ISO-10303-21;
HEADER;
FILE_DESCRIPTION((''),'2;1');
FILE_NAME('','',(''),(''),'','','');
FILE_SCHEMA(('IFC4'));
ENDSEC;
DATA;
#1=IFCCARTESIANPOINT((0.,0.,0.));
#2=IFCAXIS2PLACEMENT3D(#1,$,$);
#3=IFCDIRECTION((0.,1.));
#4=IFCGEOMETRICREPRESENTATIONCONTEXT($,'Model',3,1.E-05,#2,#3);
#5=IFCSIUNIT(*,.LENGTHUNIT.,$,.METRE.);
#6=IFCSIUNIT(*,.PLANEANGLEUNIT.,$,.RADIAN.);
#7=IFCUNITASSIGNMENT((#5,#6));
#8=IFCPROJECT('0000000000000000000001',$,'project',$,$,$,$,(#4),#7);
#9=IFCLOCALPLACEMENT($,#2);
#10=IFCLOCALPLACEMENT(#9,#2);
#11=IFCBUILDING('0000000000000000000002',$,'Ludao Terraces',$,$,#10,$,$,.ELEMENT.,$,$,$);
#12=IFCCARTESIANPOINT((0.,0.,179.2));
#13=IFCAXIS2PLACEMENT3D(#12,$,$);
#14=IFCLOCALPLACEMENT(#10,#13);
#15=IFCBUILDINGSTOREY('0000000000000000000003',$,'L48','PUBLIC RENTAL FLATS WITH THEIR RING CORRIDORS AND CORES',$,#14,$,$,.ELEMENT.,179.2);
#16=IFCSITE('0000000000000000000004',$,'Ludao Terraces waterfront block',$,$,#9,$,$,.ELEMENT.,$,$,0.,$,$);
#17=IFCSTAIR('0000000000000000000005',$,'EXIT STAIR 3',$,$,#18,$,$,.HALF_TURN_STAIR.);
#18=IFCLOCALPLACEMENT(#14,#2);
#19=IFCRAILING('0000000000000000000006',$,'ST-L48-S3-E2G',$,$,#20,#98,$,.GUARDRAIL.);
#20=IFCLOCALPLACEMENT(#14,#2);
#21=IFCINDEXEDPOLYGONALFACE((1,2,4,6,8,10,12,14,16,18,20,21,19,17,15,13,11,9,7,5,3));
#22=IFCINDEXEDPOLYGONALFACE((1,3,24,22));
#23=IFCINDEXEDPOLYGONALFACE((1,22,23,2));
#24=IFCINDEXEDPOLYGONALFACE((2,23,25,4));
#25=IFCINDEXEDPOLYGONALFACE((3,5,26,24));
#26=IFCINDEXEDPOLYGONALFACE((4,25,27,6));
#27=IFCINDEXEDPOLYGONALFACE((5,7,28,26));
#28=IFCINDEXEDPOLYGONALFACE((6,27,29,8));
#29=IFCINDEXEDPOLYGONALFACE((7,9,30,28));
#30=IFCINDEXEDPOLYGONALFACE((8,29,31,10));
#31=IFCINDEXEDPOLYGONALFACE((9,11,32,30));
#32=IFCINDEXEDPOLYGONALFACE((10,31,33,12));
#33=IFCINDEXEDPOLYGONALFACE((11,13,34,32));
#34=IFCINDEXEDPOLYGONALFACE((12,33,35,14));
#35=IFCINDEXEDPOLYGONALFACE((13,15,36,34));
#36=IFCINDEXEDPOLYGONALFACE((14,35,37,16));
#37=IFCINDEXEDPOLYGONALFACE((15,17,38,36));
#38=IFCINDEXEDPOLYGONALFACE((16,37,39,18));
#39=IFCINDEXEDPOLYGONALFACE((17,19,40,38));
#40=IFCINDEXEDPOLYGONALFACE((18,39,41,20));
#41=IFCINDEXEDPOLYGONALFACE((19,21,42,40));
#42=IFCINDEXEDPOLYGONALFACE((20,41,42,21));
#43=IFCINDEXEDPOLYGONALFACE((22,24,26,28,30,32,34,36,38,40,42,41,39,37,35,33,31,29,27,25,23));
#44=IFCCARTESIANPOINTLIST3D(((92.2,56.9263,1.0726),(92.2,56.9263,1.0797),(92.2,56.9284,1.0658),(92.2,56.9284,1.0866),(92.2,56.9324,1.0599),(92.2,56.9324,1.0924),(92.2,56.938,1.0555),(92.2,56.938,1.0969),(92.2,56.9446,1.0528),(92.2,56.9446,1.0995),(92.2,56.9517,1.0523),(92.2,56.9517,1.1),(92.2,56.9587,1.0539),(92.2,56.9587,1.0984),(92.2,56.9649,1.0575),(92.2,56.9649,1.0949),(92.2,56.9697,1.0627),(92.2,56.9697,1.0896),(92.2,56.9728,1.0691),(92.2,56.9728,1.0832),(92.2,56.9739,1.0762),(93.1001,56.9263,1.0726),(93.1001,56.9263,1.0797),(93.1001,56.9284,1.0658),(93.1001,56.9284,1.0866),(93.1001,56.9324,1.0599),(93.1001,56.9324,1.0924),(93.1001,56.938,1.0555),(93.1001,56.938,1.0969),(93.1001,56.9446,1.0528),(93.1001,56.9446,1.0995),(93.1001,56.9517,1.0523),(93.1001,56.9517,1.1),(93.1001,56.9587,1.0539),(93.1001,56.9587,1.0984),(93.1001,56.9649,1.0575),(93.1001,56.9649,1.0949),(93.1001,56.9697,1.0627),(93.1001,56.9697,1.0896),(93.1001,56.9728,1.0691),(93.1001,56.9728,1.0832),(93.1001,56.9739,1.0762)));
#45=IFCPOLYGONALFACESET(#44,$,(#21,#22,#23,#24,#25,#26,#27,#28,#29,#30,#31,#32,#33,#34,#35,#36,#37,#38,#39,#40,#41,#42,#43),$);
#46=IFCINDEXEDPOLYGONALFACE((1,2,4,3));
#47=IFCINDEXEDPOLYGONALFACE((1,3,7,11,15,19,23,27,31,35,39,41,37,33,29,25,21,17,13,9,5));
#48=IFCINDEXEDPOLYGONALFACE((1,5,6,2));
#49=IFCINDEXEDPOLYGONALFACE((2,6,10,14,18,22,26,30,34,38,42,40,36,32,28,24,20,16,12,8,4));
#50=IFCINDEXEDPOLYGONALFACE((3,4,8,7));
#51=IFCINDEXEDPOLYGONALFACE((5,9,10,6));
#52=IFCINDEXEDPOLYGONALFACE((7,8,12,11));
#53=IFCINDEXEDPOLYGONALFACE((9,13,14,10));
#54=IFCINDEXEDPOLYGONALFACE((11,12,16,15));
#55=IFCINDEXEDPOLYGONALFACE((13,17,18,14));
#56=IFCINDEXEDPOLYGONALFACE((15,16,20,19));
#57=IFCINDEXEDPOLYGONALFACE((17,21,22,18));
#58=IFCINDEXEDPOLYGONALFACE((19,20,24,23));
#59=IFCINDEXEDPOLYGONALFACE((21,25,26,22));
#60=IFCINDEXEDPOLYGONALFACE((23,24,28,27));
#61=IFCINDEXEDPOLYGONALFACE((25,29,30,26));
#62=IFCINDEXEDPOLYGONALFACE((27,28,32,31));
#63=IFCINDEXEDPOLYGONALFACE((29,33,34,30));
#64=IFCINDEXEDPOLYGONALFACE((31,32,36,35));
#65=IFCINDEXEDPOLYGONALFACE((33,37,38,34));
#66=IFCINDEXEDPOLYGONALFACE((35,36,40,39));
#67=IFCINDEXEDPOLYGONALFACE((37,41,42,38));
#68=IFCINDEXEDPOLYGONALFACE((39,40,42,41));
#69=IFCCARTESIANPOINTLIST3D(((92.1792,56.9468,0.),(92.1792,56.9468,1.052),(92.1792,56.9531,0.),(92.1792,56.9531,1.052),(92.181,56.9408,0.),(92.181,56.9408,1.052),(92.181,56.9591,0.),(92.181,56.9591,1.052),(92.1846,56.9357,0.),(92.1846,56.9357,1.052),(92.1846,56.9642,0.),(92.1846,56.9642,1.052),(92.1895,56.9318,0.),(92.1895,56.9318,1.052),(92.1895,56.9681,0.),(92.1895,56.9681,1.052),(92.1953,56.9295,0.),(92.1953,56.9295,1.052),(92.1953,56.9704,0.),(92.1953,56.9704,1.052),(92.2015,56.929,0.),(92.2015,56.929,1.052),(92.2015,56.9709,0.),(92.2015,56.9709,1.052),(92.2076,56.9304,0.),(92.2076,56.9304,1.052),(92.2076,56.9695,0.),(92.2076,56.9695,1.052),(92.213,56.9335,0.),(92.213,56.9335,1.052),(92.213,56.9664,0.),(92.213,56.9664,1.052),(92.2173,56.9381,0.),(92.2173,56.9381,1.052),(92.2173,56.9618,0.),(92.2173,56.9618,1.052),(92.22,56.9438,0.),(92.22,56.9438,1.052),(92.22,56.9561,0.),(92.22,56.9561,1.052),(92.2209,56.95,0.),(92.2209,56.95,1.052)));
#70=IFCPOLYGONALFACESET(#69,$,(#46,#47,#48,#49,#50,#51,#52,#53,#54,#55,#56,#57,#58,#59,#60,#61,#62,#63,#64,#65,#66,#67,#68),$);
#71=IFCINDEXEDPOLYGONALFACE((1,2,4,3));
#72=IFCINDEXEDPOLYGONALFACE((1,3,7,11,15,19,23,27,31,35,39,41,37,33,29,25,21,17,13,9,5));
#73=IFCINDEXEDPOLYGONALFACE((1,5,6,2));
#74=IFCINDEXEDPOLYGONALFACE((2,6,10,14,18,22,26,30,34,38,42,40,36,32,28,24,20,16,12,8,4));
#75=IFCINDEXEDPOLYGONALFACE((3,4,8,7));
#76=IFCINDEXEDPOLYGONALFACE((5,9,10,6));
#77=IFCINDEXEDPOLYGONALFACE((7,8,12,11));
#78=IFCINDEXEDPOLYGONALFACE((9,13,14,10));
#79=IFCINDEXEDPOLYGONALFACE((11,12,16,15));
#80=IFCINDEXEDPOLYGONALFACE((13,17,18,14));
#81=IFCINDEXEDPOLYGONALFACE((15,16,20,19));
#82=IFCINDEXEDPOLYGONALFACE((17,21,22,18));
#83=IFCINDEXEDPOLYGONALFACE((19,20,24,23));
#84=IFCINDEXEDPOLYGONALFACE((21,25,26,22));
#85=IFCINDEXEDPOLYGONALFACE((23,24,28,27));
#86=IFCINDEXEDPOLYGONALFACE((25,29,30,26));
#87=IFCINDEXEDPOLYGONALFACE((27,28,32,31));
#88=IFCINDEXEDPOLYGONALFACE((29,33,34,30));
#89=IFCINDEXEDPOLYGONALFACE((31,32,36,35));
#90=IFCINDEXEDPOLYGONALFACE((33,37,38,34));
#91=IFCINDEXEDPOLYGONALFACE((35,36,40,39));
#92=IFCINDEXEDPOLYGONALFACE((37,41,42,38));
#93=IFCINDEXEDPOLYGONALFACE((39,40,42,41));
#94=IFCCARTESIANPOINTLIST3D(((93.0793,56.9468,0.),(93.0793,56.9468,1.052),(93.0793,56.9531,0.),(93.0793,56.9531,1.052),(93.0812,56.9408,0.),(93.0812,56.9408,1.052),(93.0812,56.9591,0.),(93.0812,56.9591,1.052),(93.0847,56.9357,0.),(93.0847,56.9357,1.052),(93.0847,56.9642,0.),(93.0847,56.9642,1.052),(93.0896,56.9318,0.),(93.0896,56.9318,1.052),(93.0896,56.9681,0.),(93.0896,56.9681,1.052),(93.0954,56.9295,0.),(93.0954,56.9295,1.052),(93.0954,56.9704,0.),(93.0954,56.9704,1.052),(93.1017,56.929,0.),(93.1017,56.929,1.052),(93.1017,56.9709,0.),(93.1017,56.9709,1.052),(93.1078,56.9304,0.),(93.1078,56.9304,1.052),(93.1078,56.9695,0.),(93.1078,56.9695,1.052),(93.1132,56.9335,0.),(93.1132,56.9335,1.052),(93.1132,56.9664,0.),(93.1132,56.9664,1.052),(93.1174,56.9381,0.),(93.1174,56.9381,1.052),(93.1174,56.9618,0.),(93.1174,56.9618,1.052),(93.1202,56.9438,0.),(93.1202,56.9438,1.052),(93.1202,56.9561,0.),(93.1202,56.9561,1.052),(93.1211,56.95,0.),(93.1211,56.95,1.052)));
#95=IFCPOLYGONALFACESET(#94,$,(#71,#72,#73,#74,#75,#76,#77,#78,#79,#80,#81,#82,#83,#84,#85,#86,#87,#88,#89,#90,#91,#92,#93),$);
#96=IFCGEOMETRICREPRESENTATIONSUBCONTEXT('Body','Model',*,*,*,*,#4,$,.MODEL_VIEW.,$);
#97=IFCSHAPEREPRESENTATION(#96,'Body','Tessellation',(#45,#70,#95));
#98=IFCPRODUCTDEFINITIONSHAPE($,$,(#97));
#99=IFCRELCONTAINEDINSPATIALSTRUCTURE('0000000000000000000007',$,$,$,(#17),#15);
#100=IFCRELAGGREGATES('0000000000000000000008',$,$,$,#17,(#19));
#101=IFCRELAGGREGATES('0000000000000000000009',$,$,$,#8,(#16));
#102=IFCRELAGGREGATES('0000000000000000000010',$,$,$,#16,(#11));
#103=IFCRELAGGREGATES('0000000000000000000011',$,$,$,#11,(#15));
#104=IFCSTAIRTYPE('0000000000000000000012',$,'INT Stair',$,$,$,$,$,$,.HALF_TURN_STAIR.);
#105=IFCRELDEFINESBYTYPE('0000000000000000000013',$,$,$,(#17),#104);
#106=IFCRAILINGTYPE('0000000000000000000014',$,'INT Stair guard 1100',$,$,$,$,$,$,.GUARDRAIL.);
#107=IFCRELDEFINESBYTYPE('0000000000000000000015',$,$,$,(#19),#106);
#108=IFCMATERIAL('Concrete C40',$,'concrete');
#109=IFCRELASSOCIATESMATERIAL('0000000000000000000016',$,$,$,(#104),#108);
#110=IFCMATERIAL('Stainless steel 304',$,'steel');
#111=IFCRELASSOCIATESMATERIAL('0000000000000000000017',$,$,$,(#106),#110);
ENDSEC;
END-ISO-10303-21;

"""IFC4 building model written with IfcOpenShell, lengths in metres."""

from ifc_helpers import new_model, si_unit, direction, frame, origin, origin_2d, place, context, subcontext, project, spatial, circle, extrude, material, type_object, element, aggregate, save


model = new_model("IFC4")

# Units and contexts
model_context = context("Model", 3, precision=1e-05, world=origin(), true_north=direction((0.0, 1.0)))
body_context = subcontext(model_context, "Body", "Model", "MODEL_VIEW")
ifc_project = project(units=[si_unit("LENGTHUNIT", "METRE"), si_unit("PLANEANGLEUNIT", "RADIAN")], contexts=[model_context])

# Site, building, storey
site_placement = place(None, origin())
site = spatial("IfcSite", under=ifc_project, at=site_placement, Name="Ludao Terraces waterfront block", CompositionType="ELEMENT", RefElevation=0.0)
building_placement = place(site_placement, origin())
building = spatial("IfcBuilding", under=site, at=building_placement, Name="Ludao Terraces", CompositionType="ELEMENT")
storey_placement = place(building_placement, frame((0.0, 0.0, 179.2)))
storey = spatial("IfcBuildingStorey", under=building, at=storey_placement, Name="L48", Description="PUBLIC RENTAL FLATS WITH THEIR RING CORRIDORS AND CORES", CompositionType="ELEMENT", Elevation=179.2)

# Shared definitions
ifc_material_1 = material(Name="Concrete C40", Category="concrete")

# Stair, railing
stair_type = type_object("IfcStairType", Name="INT Stair", PredefinedType="HALF_TURN_STAIR", material=ifc_material_1)
stair_placement = place(storey_placement, origin())
stair = element("IfcStair", 1, at=stair_placement, inside=storey, type_object=stair_type, Name="EXIT STAIR 3", PredefinedType="HALF_TURN_STAIR")
ifc_material_2 = material(Name="Stainless steel 304", Category="steel")
railing_type_1 = type_object("IfcRailingType", Name="INT Stair guard 1100", PredefinedType="GUARDRAIL", material=ifc_material_2)
railing_1_placement = place(storey_placement, frame((92.2, 56.95, 0.0)))
railing_1 = element("IfcRailing", 2, at=railing_1_placement, type_object=railing_type_1, Name="ST-L48-S3-E2G", PredefinedType="GUARDRAIL", context=body_context, shape_type="SweptSolid", body=[
    extrude(circle(Radius=0.0239, at=origin_2d()), frame((0.0, 0.0, 1.0762), z_axis=(1.0, 0.0, 0.0), x_axis=(0.0, 1.0, 0.0)), (0.0, 0.0, 1.0), 0.9001),
    extrude(circle(Radius=0.021, at=origin_2d()), origin(), (0.0, 0.0, 1.0), 1.052),
    extrude(circle(Radius=0.021, at=origin_2d()), frame((0.9001, 0.0, 0.0)), (0.0, 0.0, 1.0), 1.052),
])
aggregate(stair, [railing_1])

save(model, "model.ifc")
